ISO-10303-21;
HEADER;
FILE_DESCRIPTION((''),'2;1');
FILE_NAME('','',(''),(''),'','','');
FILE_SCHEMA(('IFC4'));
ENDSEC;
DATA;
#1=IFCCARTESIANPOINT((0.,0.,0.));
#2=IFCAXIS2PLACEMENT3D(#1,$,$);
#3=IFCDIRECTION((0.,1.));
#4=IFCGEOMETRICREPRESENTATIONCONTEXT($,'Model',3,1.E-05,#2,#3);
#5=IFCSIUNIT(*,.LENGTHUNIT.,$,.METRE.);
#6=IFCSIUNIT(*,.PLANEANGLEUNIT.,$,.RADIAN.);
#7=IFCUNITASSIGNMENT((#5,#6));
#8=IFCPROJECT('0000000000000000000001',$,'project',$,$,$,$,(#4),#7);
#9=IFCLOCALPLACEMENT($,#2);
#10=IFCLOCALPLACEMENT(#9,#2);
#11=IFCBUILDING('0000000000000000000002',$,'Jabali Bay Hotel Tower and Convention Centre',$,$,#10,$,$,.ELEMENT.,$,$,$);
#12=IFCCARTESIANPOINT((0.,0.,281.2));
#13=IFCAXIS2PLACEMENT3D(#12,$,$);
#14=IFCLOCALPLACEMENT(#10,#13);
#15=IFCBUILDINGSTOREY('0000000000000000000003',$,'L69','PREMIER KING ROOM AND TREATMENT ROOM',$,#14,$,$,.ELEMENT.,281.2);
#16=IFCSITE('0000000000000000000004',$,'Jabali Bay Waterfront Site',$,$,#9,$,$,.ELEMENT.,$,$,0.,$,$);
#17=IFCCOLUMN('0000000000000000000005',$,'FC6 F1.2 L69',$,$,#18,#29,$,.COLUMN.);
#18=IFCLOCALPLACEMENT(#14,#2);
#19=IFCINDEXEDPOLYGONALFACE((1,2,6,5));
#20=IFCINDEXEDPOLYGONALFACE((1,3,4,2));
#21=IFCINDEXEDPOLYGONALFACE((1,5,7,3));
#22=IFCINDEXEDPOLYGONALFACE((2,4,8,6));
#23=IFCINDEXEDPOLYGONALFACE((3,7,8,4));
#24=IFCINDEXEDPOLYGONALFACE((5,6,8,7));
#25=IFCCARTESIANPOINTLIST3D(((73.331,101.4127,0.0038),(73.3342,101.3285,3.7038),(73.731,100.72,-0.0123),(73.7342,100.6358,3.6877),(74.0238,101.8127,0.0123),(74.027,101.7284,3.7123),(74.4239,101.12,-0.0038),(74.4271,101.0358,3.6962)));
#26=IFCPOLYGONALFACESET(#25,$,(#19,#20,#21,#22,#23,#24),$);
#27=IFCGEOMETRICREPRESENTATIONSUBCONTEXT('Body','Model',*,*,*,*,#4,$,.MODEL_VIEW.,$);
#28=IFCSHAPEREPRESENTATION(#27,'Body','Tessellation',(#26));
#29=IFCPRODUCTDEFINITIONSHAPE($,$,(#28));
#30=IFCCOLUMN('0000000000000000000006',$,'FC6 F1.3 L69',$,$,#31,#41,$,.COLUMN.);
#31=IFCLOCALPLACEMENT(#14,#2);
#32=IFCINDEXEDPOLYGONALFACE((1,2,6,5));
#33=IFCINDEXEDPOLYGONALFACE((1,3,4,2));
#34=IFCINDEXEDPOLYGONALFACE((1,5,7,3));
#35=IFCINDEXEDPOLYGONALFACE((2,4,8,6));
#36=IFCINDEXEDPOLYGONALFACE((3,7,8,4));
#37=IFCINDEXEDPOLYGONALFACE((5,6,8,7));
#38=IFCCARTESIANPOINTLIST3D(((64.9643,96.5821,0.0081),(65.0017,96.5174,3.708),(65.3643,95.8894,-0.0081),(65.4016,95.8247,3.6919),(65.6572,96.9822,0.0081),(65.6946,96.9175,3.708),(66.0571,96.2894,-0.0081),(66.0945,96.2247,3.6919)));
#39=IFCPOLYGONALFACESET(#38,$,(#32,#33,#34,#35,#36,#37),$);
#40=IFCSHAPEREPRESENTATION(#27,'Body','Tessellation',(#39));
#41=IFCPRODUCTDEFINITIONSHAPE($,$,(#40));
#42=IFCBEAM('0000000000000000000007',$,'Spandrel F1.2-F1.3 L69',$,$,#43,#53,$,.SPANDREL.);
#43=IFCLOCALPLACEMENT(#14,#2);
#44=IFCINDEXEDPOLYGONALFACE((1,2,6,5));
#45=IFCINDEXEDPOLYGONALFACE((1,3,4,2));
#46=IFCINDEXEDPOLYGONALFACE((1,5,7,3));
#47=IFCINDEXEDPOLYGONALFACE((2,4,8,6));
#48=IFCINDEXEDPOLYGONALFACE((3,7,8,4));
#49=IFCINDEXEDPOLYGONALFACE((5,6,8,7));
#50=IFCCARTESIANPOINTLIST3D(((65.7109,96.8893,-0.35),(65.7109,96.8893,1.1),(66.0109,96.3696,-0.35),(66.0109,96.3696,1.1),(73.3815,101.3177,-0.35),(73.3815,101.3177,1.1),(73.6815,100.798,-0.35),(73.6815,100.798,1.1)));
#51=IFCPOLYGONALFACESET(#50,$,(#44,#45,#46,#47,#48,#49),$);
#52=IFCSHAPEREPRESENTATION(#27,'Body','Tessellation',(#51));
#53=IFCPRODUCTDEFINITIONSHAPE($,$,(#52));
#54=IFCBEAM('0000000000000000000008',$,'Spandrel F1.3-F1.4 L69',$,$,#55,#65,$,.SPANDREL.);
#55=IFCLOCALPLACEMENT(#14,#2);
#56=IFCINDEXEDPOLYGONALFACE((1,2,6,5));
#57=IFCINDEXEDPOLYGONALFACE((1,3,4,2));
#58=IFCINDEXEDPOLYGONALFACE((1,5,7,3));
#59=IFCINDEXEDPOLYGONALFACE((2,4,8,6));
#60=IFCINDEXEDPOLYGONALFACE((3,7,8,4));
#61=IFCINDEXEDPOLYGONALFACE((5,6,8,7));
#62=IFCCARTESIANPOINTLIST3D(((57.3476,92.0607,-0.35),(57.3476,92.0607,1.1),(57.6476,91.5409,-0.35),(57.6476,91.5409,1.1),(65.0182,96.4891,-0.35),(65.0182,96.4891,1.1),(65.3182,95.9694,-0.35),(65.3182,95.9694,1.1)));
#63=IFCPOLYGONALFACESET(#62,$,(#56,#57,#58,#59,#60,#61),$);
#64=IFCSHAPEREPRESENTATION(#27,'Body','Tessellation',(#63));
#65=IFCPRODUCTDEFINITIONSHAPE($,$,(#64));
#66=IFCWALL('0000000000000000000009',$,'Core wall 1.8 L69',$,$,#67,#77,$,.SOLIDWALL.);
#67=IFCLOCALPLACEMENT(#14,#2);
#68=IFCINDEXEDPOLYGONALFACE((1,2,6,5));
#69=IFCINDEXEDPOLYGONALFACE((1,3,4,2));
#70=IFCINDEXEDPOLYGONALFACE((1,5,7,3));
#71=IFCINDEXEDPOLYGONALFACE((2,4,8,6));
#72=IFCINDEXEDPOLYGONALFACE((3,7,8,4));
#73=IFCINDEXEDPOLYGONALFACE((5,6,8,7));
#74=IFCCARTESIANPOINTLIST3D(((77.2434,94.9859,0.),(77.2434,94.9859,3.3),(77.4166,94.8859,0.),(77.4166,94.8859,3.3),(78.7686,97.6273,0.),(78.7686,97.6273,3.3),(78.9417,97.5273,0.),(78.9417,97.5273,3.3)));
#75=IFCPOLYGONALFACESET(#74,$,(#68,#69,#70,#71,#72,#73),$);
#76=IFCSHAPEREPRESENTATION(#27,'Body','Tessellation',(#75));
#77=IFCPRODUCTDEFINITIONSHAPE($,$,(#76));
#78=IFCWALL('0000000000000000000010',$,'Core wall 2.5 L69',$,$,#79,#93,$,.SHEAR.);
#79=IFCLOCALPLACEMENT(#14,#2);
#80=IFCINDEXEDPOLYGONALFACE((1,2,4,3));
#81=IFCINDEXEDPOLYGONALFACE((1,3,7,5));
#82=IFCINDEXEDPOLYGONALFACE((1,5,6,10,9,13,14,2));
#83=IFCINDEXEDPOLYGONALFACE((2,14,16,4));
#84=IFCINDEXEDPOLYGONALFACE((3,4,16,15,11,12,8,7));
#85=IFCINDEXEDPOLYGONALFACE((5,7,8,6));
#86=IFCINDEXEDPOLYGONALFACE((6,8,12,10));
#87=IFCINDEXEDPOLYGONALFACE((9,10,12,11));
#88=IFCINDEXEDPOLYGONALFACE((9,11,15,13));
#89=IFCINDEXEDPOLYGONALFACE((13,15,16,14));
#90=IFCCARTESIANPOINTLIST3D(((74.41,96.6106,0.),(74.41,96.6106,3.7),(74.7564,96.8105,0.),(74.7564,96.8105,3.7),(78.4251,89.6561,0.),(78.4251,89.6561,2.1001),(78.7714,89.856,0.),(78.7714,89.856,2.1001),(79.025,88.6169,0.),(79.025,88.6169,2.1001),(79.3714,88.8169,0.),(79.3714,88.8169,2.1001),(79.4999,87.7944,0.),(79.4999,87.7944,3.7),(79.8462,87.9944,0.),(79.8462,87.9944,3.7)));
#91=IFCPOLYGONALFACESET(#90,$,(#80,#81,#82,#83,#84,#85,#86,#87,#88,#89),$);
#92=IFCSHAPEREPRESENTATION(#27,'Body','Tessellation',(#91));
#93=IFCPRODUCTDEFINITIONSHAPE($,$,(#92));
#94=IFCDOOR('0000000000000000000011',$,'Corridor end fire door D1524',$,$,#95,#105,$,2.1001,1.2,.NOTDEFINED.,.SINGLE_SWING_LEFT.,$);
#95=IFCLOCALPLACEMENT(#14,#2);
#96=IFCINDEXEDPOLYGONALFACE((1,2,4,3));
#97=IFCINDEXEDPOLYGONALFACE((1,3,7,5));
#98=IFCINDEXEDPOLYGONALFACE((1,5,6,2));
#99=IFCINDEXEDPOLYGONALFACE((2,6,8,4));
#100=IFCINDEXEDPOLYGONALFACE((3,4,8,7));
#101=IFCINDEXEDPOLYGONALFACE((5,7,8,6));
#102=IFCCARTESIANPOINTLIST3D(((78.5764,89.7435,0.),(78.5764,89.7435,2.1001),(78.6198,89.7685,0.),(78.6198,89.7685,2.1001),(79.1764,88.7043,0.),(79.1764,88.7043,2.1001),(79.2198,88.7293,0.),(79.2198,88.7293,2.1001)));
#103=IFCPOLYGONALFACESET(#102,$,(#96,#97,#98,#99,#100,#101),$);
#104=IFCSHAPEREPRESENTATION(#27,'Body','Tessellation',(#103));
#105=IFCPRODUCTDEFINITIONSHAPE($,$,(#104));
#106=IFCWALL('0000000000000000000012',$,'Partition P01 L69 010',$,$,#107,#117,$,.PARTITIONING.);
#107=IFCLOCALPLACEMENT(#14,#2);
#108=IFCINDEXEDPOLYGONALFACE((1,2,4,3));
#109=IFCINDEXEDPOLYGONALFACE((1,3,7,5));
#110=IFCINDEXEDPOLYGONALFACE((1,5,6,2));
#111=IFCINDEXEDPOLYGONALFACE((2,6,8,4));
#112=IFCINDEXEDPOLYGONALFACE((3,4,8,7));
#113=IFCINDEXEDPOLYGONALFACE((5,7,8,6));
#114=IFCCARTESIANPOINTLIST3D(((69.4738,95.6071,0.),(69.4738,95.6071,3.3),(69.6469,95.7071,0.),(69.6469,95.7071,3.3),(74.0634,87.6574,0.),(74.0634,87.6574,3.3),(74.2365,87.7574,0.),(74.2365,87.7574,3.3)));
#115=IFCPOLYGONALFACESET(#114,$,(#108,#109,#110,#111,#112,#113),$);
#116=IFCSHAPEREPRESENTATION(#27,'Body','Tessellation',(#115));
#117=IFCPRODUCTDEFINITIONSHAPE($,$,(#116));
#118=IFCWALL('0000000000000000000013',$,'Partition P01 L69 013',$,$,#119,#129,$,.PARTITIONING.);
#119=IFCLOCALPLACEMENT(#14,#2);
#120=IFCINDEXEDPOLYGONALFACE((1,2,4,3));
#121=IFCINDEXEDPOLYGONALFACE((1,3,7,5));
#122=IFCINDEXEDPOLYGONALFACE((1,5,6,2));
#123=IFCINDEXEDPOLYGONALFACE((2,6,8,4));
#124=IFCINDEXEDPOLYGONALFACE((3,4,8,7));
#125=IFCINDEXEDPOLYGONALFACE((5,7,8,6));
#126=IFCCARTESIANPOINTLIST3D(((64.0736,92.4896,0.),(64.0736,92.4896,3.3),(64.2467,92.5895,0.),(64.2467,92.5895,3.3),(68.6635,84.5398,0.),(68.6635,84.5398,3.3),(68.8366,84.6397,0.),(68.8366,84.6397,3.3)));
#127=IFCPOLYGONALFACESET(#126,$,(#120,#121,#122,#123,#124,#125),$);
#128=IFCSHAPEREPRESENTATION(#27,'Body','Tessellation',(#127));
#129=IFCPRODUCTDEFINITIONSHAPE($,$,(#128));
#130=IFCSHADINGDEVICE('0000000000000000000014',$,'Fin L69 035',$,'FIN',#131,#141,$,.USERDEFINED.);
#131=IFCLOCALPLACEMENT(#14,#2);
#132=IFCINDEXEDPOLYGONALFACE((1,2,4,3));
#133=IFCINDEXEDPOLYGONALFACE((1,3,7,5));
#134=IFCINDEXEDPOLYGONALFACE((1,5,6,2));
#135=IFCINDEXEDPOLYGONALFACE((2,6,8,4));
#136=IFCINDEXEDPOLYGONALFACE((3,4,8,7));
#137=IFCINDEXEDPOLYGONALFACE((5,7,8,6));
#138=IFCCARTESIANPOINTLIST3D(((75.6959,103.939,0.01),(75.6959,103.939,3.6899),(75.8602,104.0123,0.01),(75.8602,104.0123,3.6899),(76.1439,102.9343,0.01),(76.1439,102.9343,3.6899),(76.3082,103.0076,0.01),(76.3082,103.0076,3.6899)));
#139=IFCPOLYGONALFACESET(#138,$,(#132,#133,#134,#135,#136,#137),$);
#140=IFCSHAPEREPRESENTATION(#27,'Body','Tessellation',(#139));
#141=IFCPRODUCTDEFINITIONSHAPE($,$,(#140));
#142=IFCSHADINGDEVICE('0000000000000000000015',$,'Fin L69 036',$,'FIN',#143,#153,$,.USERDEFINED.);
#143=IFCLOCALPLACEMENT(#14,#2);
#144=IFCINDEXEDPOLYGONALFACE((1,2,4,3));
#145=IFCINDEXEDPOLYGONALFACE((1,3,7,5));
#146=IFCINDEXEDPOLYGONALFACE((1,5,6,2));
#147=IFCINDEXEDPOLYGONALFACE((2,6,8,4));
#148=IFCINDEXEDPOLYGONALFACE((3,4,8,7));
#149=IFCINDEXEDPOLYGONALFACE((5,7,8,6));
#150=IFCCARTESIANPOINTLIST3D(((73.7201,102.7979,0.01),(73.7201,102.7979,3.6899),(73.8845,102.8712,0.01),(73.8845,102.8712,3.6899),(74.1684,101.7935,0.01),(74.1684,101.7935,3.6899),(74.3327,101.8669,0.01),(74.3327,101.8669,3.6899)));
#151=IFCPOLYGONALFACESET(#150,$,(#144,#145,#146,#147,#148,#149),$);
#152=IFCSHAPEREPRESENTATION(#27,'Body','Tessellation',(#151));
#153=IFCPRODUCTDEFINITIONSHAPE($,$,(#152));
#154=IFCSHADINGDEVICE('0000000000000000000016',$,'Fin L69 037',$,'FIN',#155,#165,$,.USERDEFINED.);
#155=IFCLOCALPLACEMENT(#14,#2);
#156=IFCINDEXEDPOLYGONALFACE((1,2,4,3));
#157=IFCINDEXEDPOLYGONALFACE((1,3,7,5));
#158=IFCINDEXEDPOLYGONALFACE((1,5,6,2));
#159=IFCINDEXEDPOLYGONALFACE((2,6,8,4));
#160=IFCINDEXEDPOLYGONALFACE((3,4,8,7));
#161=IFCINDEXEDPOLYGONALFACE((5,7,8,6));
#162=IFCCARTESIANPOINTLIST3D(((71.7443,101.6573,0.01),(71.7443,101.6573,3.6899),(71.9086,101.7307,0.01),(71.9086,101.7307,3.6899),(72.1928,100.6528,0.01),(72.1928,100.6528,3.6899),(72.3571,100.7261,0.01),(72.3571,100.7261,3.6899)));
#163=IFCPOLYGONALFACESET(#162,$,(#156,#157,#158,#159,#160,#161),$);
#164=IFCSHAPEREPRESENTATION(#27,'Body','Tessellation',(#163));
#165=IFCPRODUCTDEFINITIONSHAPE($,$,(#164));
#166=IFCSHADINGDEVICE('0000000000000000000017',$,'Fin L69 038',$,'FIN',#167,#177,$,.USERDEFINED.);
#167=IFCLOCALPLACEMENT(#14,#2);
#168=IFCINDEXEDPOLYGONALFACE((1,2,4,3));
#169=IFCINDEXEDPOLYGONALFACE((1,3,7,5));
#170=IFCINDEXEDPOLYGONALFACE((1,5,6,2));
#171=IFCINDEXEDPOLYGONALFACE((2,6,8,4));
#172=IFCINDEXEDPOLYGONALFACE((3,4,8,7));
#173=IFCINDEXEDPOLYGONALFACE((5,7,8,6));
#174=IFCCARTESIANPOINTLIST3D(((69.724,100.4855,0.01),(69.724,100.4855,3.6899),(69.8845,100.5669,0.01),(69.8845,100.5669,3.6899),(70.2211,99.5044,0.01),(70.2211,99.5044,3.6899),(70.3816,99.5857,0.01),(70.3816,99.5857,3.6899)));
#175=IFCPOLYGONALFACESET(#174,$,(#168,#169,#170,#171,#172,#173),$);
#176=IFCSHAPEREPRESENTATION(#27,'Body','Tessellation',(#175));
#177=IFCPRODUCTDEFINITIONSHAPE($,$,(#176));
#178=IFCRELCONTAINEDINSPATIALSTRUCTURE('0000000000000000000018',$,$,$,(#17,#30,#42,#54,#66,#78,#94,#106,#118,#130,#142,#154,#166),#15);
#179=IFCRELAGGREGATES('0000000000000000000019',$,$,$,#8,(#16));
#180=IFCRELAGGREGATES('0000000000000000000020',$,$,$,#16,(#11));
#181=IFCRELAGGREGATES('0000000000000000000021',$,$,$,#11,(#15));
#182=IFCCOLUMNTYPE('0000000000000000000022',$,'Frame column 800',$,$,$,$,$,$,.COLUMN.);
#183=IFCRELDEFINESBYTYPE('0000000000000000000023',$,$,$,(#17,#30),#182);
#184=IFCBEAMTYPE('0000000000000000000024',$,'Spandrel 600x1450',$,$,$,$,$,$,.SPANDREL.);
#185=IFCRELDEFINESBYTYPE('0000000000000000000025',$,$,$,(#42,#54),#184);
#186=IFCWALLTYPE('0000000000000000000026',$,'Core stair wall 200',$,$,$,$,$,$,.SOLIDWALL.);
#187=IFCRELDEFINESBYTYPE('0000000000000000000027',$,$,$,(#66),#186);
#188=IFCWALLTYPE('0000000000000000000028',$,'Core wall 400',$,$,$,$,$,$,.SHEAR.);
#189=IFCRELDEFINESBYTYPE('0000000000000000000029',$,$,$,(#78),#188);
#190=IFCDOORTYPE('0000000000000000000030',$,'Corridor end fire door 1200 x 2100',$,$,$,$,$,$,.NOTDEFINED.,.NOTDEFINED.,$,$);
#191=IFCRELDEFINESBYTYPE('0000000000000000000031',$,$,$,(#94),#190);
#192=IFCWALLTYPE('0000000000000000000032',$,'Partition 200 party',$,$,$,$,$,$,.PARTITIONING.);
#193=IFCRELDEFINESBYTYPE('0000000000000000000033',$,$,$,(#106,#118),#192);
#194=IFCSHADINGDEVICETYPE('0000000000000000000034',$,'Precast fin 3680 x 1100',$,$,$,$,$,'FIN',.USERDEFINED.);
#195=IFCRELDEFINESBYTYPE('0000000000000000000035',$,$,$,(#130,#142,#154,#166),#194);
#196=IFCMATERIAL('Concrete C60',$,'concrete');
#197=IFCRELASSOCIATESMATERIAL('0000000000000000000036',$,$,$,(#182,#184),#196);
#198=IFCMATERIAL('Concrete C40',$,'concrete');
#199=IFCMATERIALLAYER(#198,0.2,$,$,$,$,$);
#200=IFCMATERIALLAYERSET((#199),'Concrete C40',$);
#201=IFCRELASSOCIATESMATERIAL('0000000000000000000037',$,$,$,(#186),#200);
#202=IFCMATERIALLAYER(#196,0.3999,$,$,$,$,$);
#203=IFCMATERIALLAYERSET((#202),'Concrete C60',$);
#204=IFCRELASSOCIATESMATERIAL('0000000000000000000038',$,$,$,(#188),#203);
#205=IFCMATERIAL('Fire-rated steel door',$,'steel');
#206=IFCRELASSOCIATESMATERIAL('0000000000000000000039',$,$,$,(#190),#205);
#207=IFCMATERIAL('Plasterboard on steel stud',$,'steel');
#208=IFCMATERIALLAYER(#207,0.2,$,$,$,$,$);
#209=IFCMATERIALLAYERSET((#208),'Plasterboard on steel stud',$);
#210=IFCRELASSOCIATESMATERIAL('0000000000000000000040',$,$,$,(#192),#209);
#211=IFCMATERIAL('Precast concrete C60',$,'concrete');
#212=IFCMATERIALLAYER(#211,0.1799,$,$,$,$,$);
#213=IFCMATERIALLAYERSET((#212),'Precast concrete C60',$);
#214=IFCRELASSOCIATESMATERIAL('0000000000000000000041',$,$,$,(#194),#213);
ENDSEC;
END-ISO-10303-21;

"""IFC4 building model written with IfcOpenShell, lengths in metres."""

from ifc_helpers import new_model, si_unit, direction, frame, frame_2d, origin, origin_2d, place, context, subcontext, project, spatial, rectangle, extrude, material, layer, layer_set, material_profile, profile_set, type_object, element, fill, save


model = new_model("IFC4")

# Units and contexts
model_context = context("Model", 3, precision=1e-05, world=origin(), true_north=direction((0.0, 1.0)))
body_context = subcontext(model_context, "Body", "Model", "MODEL_VIEW")
ifc_project = project(units=[si_unit("LENGTHUNIT", "METRE"), si_unit("PLANEANGLEUNIT", "RADIAN")], contexts=[model_context])

# Site, building, storey
site_placement = place(None, origin())
site = spatial("IfcSite", under=ifc_project, at=site_placement, Name="Jabali Bay Waterfront Site", CompositionType="ELEMENT", RefElevation=0.0)
building_placement = place(site_placement, origin())
building = spatial("IfcBuilding", under=site, at=building_placement, Name="Jabali Bay Hotel Tower and Convention Centre", CompositionType="ELEMENT")
storey_placement = place(building_placement, frame((0.0, 0.0, 281.2)))
storey = spatial("IfcBuildingStorey", under=building, at=storey_placement, Name="L69", Description="PREMIER KING ROOM AND TREATMENT ROOM", CompositionType="ELEMENT", Elevation=281.2)

# Columns
ifc_material_1 = material(Name="Concrete C60", Category="concrete")
ifc_material_profile_1 = material_profile(ifc_material_1, rectangle(XDim=0.8, YDim=0.8, at=origin_2d()), Name="Frame column 800")
ifc_profile_set_1 = profile_set([ifc_material_profile_1], Name="Concrete C60")
column_type = type_object("IfcColumnType", Name="Frame column 800", PredefinedType="COLUMN", material=ifc_profile_set_1)
column_1_placement = place(storey_placement, frame((73.8774, 101.2664, 0.0), z_axis=(0.000858, -0.022759, 0.999741), x_axis=(0.866006, 0.49992, 0.010638)))
element("IfcColumn", 1, at=column_1_placement, inside=storey, type_object=column_type, Name="FC6 F1.2 L69", PredefinedType="COLUMN", context=body_context, shape_type="SweptSolid", body=[
    extrude(rectangle(XDim=0.8, YDim=0.8, at=origin_2d()), origin(), (0.0, 0.0, 1.0), 3.7009),
])
column_2_placement = place(storey_placement, frame((65.5107, 96.4358, 0.0), z_axis=(0.010094, -0.017482, 0.999796), x_axis=(-0.499897, 0.86585, 0.020187)))
element("IfcColumn", 2, at=column_2_placement, inside=storey, type_object=column_type, Name="FC6 F1.3 L69", PredefinedType="COLUMN", context=body_context, shape_type="SweptSolid", body=[
    extrude(rectangle(XDim=0.8, YDim=0.8, at=origin_2d()), origin(), (0.0, 0.0, 1.0), 3.7007),
])

# Beams
ifc_material_profile_2 = material_profile(ifc_material_1, rectangle(XDim=0.6001, YDim=1.45, at=origin_2d()), Name="Spandrel 600x1450")
ifc_profile_set_2 = profile_set([ifc_material_profile_2], Name="Concrete C60")
beam_type = type_object("IfcBeamType", Name="Spandrel 600x1450", PredefinedType="SPANDREL", material=ifc_profile_set_2)
for number, where, z_axis, x_axis, name in (
    (3, (73.5315, 101.0579, 0.375), (-0.866035, -0.499984, 0.0), (0.499984, -0.866035, 0.0), "Spandrel F1.2-F1.3 L69"),
    (4, (65.1682, 96.2292, 0.375), (-0.866035, -0.499984, 0.0), (0.499984, -0.866035, 0.0), "Spandrel F1.3-F1.4 L69"),
):
    element("IfcBeam", number, at=place(storey_placement, frame(where, z_axis=z_axis, x_axis=x_axis)), inside=storey, type_object=beam_type, Name=name, PredefinedType="SPANDREL", context=body_context, shape_type="SweptSolid", body=[
        extrude(rectangle(XDim=0.6001, YDim=1.45, at=origin_2d()), origin(), (0.0, 0.0, 1.0), 8.8572),
    ])

# Wall
ifc_material_2 = material(Name="Concrete C40", Category="concrete")
ifc_layer_1 = layer(ifc_material_2, 0.2)
ifc_layer_set_1 = layer_set([ifc_layer_1], Name="Concrete C40")
wall_type_1 = type_object("IfcWallType", Name="Core stair wall 200", PredefinedType="SOLIDWALL", material=ifc_layer_set_1)
wall_1_placement = place(storey_placement, frame((77.3301, 94.936, 0.0), z_axis=(0.0, 0.0, 1.0), x_axis=(0.500039, 0.866003, 0.0)))
element("IfcWall", 5, at=wall_1_placement, inside=storey, type_object=wall_type_1, Name="Core wall 1.8 L69", PredefinedType="SOLIDWALL", context=body_context, shape_type="SweptSolid", body=[
    extrude(rectangle(XDim=3.05, YDim=0.2, at=frame_2d((1.5249, 0.0))), origin(), (0.0, 0.0, 1.0), 3.3),
])

# Wall, opening, door
ifc_layer_2 = layer(ifc_material_1, 0.3999)
ifc_layer_set_2 = layer_set([ifc_layer_2], Name="Concrete C60")
wall_type_2 = type_object("IfcWallType", Name="Core wall 400", PredefinedType="SHEAR", material=ifc_layer_set_2)
wall_2_placement = place(storey_placement, frame((74.5833, 96.7104, 0.0), z_axis=(0.0, 0.0, 1.0), x_axis=(0.499987, -0.866033, 0.0)))
wall_2 = element("IfcWall", 6, at=wall_2_placement, inside=storey, type_object=wall_type_2, Name="Core wall 2.5 L69", PredefinedType="SHEAR", context=body_context, shape_type="SweptSolid", body=[
    extrude(rectangle(XDim=10.1799, YDim=0.3999, at=frame_2d((5.0898, 0.0))), origin(), (0.0, 0.0, 1.0), 3.7),
])
opening_placement = place(wall_2_placement, frame((8.03, 0.0, 0.0)))
opening = element("IfcOpeningElement", 7, at=opening_placement, cuts=wall_2, PredefinedType="OPENING", context=body_context, shape_type="SweptSolid", body=[
    extrude(rectangle(XDim=1.2, YDim=2.1001, at=frame_2d((0.6001, 1.05))), frame((0.0, 0.2104, 0.0), z_axis=(0.0, -1.0, 0.0), x_axis=(1.0, 0.0, 0.0)), (0.0, 0.0, 1.0), 0.4209),
])
ifc_material_3 = material(Name="Fire-rated steel door", Category="steel")
door_type = type_object("IfcDoorType", Name="Corridor end fire door 1200 x 2100", OperationType="NOTDEFINED", PredefinedType="NOTDEFINED", material=ifc_material_3)
door_placement = place(opening_placement, origin())
door = element("IfcDoor", 8, at=door_placement, inside=storey, type_object=door_type, Name="Corridor end fire door D1524", OperationType="SINGLE_SWING_LEFT", OverallHeight=2.1001, OverallWidth=1.2, PredefinedType="NOTDEFINED", context=body_context, shape_type="SweptSolid", body=[
    extrude(rectangle(XDim=1.2, YDim=2.1001, at=frame_2d((0.6001, 1.05))), frame((0.0, 0.0249, 0.0), z_axis=(0.0, -1.0, 0.0), x_axis=(1.0, 0.0, 0.0)), (0.0, 0.0, 1.0), 0.05),
])
fill(opening, door)

# Walls
ifc_material_4 = material(Name="Plasterboard on steel stud", Category="steel")
ifc_layer_3 = layer(ifc_material_4, 0.2)
ifc_layer_set_3 = layer_set([ifc_layer_3], Name="Plasterboard on steel stud")
wall_type_3 = type_object("IfcWallType", Name="Partition 200 party", PredefinedType="PARTITIONING", material=ifc_layer_set_3)
wall_3_placement = place(storey_placement, frame((69.5603, 95.6572, 0.0), z_axis=(0.0, 0.0, 1.0), x_axis=(0.499986, -0.866033, 0.0)))
element("IfcWall", 9, at=wall_3_placement, inside=storey, type_object=wall_type_3, Name="Partition P01 L69 010", PredefinedType="PARTITIONING", context=body_context, shape_type="SweptSolid", body=[
    extrude(rectangle(XDim=9.1794, YDim=0.2, at=frame_2d((4.5898, 0.0))), origin(), (0.0, 0.0, 1.0), 3.3),
])
wall_4_placement = place(storey_placement, frame((64.1602, 92.5396, 0.0), z_axis=(0.0, 0.0, 1.0), x_axis=(0.500006, -0.866022, 0.0)))
element("IfcWall", 10, at=wall_4_placement, inside=storey, type_object=wall_type_3, Name="Partition P01 L69 013", PredefinedType="PARTITIONING", context=body_context, shape_type="SweptSolid", body=[
    extrude(rectangle(XDim=9.1797, YDim=0.2, at=frame_2d((4.5898, 0.0))), origin(), (0.0, 0.0, 1.0), 3.3),
])

# Shading devices
ifc_material_5 = material(Name="Precast concrete C60", Category="concrete")
ifc_layer_4 = layer(ifc_material_5, 0.1799)
ifc_layer_set_4 = layer_set([ifc_layer_4], Name="Precast concrete C60")
shading_device_type = type_object("IfcShadingDeviceType", Name="Precast fin 3680 x 1100", ElementType="FIN", PredefinedType="USERDEFINED", material=ifc_layer_set_4)
shading_device_1_placement = place(storey_placement, frame((76.2261, 102.9709, 0.01), z_axis=(0.0, 0.0, 1.0), x_axis=(-0.407271, 0.913307, 0.0)))
element("IfcShadingDevice", 11, at=shading_device_1_placement, inside=storey, type_object=shading_device_type, Name="Fin L69 035", ObjectType="FIN", PredefinedType="USERDEFINED", context=body_context, shape_type="SweptSolid", body=[
    extrude(rectangle(XDim=1.1001, YDim=0.1799, at=frame_2d((0.55, 0.0))), origin(), (0.0, 0.0, 1.0), 3.6799),
])
shading_device_2_placement = place(storey_placement, frame((74.2505, 101.8303, 0.01), z_axis=(0.0, 0.0, 1.0), x_axis=(-0.407538, 0.913188, 0.0)))
element("IfcShadingDevice", 12, at=shading_device_2_placement, inside=storey, type_object=shading_device_type, Name="Fin L69 036", ObjectType="FIN", PredefinedType="USERDEFINED", context=body_context, shape_type="SweptSolid", body=[
    extrude(rectangle(XDim=1.0999, YDim=0.1799, at=frame_2d((0.5498, 0.0))), origin(), (0.0, 0.0, 1.0), 3.6799),
])
shading_device_3_placement = place(storey_placement, frame((72.2749, 100.6895, 0.01), z_axis=(0.0, 0.0, 1.0), x_axis=(-0.407641, 0.913142, 0.0)))
element("IfcShadingDevice", 13, at=shading_device_3_placement, inside=storey, type_object=shading_device_type, Name="Fin L69 037", ObjectType="FIN", PredefinedType="USERDEFINED", context=body_context, shape_type="SweptSolid", body=[
    extrude(rectangle(XDim=1.1001, YDim=0.1799, at=frame_2d((0.55, 0.0))), origin(), (0.0, 0.0, 1.0), 3.6799),
])
for number, where, z_axis, x_axis, name in (
    (14, (70.3013, 99.5452, 0.01), (0.0, 0.0, 1.0), (-0.451913, 0.892062, 0.0), "Fin L69 038"),
):
    element("IfcShadingDevice", number, at=place(storey_placement, frame(where, z_axis=z_axis, x_axis=x_axis)), inside=storey, type_object=shading_device_type, Name=name, ObjectType="FIN", PredefinedType="USERDEFINED", context=body_context, shape_type="SweptSolid", body=[
        extrude(rectangle(XDim=1.0999, YDim=0.1799, at=frame_2d((0.5498, 0.0))), origin(), (0.0, 0.0, 1.0), 3.6799),
    ])

save(model, "model.ifc")
